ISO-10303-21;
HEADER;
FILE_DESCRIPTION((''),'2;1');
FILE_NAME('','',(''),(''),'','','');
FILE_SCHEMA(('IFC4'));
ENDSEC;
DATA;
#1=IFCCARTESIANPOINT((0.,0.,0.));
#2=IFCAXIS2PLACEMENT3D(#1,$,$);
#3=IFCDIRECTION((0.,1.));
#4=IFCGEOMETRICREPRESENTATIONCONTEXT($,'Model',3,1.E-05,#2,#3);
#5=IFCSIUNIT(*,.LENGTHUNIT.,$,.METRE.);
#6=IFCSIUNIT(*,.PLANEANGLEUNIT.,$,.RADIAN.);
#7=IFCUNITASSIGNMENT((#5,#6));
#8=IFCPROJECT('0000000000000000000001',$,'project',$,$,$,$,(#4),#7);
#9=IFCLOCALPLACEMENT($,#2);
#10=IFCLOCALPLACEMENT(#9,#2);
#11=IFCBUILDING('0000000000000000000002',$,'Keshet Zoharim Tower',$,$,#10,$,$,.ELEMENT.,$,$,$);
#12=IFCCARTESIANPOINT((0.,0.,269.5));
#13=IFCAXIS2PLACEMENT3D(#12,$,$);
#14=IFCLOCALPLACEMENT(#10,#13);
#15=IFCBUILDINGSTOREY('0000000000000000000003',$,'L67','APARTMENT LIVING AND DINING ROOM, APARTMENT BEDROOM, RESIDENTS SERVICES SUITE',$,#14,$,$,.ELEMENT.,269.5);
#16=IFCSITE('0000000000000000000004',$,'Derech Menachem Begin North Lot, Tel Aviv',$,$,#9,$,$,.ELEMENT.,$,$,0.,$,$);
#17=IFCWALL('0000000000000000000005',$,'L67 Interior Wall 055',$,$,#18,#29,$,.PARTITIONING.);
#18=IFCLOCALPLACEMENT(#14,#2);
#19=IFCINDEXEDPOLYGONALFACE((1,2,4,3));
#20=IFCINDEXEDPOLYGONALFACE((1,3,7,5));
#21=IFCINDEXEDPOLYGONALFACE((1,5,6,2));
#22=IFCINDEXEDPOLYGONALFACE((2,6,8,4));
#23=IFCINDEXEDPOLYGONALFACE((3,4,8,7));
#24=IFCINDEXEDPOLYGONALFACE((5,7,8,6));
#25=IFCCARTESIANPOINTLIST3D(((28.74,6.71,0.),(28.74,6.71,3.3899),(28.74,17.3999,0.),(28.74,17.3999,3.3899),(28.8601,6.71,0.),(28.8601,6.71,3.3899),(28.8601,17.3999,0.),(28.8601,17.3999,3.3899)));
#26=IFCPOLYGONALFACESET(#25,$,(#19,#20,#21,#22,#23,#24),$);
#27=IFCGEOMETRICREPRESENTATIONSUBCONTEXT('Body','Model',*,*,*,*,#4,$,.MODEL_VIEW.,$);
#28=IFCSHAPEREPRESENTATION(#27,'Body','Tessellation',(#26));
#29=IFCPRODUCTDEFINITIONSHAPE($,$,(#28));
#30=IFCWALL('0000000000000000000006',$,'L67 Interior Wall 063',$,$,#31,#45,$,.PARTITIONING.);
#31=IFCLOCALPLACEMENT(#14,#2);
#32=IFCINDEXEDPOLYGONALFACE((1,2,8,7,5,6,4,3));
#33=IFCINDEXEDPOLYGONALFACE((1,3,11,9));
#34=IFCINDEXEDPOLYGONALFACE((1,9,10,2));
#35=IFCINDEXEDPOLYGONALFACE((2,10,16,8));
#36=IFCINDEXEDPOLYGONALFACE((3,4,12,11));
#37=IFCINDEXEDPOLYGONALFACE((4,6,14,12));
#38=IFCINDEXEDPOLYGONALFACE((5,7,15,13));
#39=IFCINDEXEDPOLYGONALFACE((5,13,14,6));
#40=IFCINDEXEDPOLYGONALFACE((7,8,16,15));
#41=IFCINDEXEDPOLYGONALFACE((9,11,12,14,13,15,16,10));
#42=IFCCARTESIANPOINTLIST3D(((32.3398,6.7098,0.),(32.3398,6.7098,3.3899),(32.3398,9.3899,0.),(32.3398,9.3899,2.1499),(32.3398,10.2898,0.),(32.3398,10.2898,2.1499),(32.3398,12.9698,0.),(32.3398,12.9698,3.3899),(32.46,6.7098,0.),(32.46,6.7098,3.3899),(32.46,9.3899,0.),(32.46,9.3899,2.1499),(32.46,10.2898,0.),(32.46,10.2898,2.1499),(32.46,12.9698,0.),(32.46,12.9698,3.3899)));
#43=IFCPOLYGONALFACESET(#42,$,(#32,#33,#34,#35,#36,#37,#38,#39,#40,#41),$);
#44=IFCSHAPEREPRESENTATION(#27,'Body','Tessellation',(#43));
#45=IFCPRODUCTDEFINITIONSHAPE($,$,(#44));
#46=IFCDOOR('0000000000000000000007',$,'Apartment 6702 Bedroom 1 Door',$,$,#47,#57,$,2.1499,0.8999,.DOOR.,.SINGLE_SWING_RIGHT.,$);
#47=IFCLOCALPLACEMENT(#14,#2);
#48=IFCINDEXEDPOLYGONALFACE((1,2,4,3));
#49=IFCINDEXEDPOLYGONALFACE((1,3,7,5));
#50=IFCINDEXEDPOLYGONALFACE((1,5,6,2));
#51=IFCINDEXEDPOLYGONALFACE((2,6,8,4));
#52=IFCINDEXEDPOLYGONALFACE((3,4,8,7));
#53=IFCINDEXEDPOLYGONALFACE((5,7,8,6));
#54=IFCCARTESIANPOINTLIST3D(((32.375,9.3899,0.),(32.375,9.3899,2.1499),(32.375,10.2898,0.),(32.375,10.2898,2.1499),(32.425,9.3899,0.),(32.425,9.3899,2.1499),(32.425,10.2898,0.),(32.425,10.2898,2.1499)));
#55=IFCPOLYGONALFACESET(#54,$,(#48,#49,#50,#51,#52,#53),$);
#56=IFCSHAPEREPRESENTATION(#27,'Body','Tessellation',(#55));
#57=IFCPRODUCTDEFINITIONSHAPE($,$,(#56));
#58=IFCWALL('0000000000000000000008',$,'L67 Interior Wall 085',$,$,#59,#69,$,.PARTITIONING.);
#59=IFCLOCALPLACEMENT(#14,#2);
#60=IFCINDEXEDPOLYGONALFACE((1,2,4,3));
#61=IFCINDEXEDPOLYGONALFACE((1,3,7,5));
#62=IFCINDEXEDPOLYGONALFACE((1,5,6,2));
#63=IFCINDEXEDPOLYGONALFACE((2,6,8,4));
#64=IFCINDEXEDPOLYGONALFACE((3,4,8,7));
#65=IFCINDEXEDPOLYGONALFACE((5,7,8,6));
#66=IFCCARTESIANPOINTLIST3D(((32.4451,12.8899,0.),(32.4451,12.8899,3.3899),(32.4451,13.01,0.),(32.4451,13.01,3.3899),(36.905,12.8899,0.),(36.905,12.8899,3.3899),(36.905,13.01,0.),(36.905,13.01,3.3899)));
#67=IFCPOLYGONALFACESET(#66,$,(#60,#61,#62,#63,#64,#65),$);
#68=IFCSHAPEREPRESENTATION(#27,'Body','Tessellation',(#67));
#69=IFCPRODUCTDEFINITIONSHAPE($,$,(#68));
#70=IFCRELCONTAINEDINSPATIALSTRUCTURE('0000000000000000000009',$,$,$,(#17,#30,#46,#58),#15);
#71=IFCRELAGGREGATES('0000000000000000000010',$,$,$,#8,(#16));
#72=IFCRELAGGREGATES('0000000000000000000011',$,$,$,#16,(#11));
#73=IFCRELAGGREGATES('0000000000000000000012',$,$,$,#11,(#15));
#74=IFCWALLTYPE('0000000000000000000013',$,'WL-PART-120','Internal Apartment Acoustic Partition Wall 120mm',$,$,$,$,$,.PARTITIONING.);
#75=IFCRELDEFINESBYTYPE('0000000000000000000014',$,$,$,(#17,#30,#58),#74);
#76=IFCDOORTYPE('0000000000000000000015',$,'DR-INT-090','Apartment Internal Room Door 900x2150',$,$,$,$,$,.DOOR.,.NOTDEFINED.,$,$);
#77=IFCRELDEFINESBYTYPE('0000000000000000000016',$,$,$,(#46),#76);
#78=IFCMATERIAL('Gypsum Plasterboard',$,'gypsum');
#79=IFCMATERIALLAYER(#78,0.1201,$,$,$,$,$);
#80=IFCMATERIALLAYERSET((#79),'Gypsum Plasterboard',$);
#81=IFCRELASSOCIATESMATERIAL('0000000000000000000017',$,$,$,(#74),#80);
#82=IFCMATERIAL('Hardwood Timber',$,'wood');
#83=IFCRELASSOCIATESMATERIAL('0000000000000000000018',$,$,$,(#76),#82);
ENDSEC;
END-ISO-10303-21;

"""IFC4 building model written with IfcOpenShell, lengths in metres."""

from ifc_helpers import new_model, si_unit, direction, frame, frame_2d, origin, place, context, subcontext, project, spatial, rectangle, extrude, material, layer, layer_set, type_object, element, fill, save


model = new_model("IFC4")

# Units and contexts
model_context = context("Model", 3, precision=1e-05, world=origin(), true_north=direction((0.0, 1.0)))
body_context = subcontext(model_context, "Body", "Model", "MODEL_VIEW")
ifc_project = project(units=[si_unit("LENGTHUNIT", "METRE"), si_unit("PLANEANGLEUNIT", "RADIAN")], contexts=[model_context])

# Site, building, storey
site_placement = place(None, origin())
site = spatial("IfcSite", under=ifc_project, at=site_placement, Name="Derech Menachem Begin North Lot, Tel Aviv", CompositionType="ELEMENT", RefElevation=0.0)
building_placement = place(site_placement, origin())
building = spatial("IfcBuilding", under=site, at=building_placement, Name="Keshet Zoharim Tower", CompositionType="ELEMENT")
storey_placement = place(building_placement, frame((0.0, 0.0, 269.5)))
storey = spatial("IfcBuildingStorey", under=building, at=storey_placement, Name="L67", Description="APARTMENT LIVING AND DINING ROOM, APARTMENT BEDROOM, RESIDENTS SERVICES SUITE", CompositionType="ELEMENT", Elevation=269.5)

# Wall
ifc_material_1 = material(Name="Gypsum Plasterboard", Category="gypsum")
ifc_layer_1 = layer(ifc_material_1, 0.1201)
ifc_layer_set_1 = layer_set([ifc_layer_1], Name="Gypsum Plasterboard")
wall_type = type_object("IfcWallType", Name="WL-PART-120", Description="Internal Apartment Acoustic Partition Wall 120mm", PredefinedType="PARTITIONING", material=ifc_layer_set_1)
for number, where, z_axis, x_axis, name in (
    (1, (28.8, 6.71, 0.0), (0.0, 0.0, 1.0), (0.0, 1.0, 0.0), "L67 Interior Wall 055"),
):
    element("IfcWall", number, at=place(storey_placement, frame(where, z_axis=z_axis, x_axis=x_axis)), inside=storey, type_object=wall_type, Name=name, PredefinedType="PARTITIONING", context=body_context, shape_type="SweptSolid", body=[
        extrude(rectangle(XDim=10.6899, YDim=0.1201, at=frame_2d((5.345, 0.0))), origin(), (0.0, 0.0, 1.0), 3.3899),
    ])

# Wall, opening, door
wall_1_placement = place(storey_placement, frame((32.3999, 6.71, 0.0), z_axis=(0.0, 0.0, 1.0), x_axis=(0.0, 1.0, 0.0)))
wall_1 = element("IfcWall", 2, at=wall_1_placement, inside=storey, type_object=wall_type, Name="L67 Interior Wall 063", PredefinedType="PARTITIONING", context=body_context, shape_type="SweptSolid", body=[
    extrude(rectangle(XDim=6.26, YDim=0.1201, at=frame_2d((3.1299, 0.0))), origin(), (0.0, 0.0, 1.0), 3.3899),
])
opening_1_placement = place(wall_1_placement, frame((2.6799, 0.0, 0.0)))
opening_1 = element("IfcOpeningElement", 3, at=opening_1_placement, cuts=wall_1, PredefinedType="OPENING", context=body_context, shape_type="SweptSolid", body=[
    extrude(rectangle(XDim=0.8999, YDim=2.1499, at=frame_2d((0.45, 1.075))), frame((0.0, 0.0701, 0.0), z_axis=(0.0, -1.0, 0.0), x_axis=(1.0, 0.0, 0.0)), (0.0, 0.0, 1.0), 0.1401),
])
ifc_material_2 = material(Name="Hardwood Timber", Category="wood")
door_type = type_object("IfcDoorType", Name="DR-INT-090", Description="Apartment Internal Room Door 900x2150", OperationType="NOTDEFINED", PredefinedType="DOOR", material=ifc_material_2)
door_1_placement = place(opening_1_placement, origin())
door_1 = element("IfcDoor", 4, at=door_1_placement, inside=storey, type_object=door_type, Name="Apartment 6702 Bedroom 1 Door", OperationType="SINGLE_SWING_RIGHT", OverallHeight=2.1499, OverallWidth=0.8999, PredefinedType="DOOR", context=body_context, shape_type="SweptSolid", body=[
    extrude(rectangle(XDim=0.8999, YDim=2.1499, at=frame_2d((0.45, 1.075))), frame((0.0, 0.0249, 0.0), z_axis=(0.0, -1.0, 0.0), x_axis=(1.0, 0.0, 0.0)), (0.0, 0.0, 1.0), 0.05),
])
fill(opening_1, door_1)

# Wall
wall_2_placement = place(storey_placement, frame((32.4451, 12.95, 0.0), z_axis=(0.0, 0.0, 1.0), x_axis=(1.0, 0.0, 0.0)))
element("IfcWall", 5, at=wall_2_placement, inside=storey, type_object=wall_type, Name="L67 Interior Wall 085", PredefinedType="PARTITIONING", context=body_context, shape_type="SweptSolid", body=[
    extrude(rectangle(XDim=4.46, YDim=0.1201, at=frame_2d((2.23, 0.0))), origin(), (0.0, 0.0, 1.0), 3.3899),
])

save(model, "model.ifc")
